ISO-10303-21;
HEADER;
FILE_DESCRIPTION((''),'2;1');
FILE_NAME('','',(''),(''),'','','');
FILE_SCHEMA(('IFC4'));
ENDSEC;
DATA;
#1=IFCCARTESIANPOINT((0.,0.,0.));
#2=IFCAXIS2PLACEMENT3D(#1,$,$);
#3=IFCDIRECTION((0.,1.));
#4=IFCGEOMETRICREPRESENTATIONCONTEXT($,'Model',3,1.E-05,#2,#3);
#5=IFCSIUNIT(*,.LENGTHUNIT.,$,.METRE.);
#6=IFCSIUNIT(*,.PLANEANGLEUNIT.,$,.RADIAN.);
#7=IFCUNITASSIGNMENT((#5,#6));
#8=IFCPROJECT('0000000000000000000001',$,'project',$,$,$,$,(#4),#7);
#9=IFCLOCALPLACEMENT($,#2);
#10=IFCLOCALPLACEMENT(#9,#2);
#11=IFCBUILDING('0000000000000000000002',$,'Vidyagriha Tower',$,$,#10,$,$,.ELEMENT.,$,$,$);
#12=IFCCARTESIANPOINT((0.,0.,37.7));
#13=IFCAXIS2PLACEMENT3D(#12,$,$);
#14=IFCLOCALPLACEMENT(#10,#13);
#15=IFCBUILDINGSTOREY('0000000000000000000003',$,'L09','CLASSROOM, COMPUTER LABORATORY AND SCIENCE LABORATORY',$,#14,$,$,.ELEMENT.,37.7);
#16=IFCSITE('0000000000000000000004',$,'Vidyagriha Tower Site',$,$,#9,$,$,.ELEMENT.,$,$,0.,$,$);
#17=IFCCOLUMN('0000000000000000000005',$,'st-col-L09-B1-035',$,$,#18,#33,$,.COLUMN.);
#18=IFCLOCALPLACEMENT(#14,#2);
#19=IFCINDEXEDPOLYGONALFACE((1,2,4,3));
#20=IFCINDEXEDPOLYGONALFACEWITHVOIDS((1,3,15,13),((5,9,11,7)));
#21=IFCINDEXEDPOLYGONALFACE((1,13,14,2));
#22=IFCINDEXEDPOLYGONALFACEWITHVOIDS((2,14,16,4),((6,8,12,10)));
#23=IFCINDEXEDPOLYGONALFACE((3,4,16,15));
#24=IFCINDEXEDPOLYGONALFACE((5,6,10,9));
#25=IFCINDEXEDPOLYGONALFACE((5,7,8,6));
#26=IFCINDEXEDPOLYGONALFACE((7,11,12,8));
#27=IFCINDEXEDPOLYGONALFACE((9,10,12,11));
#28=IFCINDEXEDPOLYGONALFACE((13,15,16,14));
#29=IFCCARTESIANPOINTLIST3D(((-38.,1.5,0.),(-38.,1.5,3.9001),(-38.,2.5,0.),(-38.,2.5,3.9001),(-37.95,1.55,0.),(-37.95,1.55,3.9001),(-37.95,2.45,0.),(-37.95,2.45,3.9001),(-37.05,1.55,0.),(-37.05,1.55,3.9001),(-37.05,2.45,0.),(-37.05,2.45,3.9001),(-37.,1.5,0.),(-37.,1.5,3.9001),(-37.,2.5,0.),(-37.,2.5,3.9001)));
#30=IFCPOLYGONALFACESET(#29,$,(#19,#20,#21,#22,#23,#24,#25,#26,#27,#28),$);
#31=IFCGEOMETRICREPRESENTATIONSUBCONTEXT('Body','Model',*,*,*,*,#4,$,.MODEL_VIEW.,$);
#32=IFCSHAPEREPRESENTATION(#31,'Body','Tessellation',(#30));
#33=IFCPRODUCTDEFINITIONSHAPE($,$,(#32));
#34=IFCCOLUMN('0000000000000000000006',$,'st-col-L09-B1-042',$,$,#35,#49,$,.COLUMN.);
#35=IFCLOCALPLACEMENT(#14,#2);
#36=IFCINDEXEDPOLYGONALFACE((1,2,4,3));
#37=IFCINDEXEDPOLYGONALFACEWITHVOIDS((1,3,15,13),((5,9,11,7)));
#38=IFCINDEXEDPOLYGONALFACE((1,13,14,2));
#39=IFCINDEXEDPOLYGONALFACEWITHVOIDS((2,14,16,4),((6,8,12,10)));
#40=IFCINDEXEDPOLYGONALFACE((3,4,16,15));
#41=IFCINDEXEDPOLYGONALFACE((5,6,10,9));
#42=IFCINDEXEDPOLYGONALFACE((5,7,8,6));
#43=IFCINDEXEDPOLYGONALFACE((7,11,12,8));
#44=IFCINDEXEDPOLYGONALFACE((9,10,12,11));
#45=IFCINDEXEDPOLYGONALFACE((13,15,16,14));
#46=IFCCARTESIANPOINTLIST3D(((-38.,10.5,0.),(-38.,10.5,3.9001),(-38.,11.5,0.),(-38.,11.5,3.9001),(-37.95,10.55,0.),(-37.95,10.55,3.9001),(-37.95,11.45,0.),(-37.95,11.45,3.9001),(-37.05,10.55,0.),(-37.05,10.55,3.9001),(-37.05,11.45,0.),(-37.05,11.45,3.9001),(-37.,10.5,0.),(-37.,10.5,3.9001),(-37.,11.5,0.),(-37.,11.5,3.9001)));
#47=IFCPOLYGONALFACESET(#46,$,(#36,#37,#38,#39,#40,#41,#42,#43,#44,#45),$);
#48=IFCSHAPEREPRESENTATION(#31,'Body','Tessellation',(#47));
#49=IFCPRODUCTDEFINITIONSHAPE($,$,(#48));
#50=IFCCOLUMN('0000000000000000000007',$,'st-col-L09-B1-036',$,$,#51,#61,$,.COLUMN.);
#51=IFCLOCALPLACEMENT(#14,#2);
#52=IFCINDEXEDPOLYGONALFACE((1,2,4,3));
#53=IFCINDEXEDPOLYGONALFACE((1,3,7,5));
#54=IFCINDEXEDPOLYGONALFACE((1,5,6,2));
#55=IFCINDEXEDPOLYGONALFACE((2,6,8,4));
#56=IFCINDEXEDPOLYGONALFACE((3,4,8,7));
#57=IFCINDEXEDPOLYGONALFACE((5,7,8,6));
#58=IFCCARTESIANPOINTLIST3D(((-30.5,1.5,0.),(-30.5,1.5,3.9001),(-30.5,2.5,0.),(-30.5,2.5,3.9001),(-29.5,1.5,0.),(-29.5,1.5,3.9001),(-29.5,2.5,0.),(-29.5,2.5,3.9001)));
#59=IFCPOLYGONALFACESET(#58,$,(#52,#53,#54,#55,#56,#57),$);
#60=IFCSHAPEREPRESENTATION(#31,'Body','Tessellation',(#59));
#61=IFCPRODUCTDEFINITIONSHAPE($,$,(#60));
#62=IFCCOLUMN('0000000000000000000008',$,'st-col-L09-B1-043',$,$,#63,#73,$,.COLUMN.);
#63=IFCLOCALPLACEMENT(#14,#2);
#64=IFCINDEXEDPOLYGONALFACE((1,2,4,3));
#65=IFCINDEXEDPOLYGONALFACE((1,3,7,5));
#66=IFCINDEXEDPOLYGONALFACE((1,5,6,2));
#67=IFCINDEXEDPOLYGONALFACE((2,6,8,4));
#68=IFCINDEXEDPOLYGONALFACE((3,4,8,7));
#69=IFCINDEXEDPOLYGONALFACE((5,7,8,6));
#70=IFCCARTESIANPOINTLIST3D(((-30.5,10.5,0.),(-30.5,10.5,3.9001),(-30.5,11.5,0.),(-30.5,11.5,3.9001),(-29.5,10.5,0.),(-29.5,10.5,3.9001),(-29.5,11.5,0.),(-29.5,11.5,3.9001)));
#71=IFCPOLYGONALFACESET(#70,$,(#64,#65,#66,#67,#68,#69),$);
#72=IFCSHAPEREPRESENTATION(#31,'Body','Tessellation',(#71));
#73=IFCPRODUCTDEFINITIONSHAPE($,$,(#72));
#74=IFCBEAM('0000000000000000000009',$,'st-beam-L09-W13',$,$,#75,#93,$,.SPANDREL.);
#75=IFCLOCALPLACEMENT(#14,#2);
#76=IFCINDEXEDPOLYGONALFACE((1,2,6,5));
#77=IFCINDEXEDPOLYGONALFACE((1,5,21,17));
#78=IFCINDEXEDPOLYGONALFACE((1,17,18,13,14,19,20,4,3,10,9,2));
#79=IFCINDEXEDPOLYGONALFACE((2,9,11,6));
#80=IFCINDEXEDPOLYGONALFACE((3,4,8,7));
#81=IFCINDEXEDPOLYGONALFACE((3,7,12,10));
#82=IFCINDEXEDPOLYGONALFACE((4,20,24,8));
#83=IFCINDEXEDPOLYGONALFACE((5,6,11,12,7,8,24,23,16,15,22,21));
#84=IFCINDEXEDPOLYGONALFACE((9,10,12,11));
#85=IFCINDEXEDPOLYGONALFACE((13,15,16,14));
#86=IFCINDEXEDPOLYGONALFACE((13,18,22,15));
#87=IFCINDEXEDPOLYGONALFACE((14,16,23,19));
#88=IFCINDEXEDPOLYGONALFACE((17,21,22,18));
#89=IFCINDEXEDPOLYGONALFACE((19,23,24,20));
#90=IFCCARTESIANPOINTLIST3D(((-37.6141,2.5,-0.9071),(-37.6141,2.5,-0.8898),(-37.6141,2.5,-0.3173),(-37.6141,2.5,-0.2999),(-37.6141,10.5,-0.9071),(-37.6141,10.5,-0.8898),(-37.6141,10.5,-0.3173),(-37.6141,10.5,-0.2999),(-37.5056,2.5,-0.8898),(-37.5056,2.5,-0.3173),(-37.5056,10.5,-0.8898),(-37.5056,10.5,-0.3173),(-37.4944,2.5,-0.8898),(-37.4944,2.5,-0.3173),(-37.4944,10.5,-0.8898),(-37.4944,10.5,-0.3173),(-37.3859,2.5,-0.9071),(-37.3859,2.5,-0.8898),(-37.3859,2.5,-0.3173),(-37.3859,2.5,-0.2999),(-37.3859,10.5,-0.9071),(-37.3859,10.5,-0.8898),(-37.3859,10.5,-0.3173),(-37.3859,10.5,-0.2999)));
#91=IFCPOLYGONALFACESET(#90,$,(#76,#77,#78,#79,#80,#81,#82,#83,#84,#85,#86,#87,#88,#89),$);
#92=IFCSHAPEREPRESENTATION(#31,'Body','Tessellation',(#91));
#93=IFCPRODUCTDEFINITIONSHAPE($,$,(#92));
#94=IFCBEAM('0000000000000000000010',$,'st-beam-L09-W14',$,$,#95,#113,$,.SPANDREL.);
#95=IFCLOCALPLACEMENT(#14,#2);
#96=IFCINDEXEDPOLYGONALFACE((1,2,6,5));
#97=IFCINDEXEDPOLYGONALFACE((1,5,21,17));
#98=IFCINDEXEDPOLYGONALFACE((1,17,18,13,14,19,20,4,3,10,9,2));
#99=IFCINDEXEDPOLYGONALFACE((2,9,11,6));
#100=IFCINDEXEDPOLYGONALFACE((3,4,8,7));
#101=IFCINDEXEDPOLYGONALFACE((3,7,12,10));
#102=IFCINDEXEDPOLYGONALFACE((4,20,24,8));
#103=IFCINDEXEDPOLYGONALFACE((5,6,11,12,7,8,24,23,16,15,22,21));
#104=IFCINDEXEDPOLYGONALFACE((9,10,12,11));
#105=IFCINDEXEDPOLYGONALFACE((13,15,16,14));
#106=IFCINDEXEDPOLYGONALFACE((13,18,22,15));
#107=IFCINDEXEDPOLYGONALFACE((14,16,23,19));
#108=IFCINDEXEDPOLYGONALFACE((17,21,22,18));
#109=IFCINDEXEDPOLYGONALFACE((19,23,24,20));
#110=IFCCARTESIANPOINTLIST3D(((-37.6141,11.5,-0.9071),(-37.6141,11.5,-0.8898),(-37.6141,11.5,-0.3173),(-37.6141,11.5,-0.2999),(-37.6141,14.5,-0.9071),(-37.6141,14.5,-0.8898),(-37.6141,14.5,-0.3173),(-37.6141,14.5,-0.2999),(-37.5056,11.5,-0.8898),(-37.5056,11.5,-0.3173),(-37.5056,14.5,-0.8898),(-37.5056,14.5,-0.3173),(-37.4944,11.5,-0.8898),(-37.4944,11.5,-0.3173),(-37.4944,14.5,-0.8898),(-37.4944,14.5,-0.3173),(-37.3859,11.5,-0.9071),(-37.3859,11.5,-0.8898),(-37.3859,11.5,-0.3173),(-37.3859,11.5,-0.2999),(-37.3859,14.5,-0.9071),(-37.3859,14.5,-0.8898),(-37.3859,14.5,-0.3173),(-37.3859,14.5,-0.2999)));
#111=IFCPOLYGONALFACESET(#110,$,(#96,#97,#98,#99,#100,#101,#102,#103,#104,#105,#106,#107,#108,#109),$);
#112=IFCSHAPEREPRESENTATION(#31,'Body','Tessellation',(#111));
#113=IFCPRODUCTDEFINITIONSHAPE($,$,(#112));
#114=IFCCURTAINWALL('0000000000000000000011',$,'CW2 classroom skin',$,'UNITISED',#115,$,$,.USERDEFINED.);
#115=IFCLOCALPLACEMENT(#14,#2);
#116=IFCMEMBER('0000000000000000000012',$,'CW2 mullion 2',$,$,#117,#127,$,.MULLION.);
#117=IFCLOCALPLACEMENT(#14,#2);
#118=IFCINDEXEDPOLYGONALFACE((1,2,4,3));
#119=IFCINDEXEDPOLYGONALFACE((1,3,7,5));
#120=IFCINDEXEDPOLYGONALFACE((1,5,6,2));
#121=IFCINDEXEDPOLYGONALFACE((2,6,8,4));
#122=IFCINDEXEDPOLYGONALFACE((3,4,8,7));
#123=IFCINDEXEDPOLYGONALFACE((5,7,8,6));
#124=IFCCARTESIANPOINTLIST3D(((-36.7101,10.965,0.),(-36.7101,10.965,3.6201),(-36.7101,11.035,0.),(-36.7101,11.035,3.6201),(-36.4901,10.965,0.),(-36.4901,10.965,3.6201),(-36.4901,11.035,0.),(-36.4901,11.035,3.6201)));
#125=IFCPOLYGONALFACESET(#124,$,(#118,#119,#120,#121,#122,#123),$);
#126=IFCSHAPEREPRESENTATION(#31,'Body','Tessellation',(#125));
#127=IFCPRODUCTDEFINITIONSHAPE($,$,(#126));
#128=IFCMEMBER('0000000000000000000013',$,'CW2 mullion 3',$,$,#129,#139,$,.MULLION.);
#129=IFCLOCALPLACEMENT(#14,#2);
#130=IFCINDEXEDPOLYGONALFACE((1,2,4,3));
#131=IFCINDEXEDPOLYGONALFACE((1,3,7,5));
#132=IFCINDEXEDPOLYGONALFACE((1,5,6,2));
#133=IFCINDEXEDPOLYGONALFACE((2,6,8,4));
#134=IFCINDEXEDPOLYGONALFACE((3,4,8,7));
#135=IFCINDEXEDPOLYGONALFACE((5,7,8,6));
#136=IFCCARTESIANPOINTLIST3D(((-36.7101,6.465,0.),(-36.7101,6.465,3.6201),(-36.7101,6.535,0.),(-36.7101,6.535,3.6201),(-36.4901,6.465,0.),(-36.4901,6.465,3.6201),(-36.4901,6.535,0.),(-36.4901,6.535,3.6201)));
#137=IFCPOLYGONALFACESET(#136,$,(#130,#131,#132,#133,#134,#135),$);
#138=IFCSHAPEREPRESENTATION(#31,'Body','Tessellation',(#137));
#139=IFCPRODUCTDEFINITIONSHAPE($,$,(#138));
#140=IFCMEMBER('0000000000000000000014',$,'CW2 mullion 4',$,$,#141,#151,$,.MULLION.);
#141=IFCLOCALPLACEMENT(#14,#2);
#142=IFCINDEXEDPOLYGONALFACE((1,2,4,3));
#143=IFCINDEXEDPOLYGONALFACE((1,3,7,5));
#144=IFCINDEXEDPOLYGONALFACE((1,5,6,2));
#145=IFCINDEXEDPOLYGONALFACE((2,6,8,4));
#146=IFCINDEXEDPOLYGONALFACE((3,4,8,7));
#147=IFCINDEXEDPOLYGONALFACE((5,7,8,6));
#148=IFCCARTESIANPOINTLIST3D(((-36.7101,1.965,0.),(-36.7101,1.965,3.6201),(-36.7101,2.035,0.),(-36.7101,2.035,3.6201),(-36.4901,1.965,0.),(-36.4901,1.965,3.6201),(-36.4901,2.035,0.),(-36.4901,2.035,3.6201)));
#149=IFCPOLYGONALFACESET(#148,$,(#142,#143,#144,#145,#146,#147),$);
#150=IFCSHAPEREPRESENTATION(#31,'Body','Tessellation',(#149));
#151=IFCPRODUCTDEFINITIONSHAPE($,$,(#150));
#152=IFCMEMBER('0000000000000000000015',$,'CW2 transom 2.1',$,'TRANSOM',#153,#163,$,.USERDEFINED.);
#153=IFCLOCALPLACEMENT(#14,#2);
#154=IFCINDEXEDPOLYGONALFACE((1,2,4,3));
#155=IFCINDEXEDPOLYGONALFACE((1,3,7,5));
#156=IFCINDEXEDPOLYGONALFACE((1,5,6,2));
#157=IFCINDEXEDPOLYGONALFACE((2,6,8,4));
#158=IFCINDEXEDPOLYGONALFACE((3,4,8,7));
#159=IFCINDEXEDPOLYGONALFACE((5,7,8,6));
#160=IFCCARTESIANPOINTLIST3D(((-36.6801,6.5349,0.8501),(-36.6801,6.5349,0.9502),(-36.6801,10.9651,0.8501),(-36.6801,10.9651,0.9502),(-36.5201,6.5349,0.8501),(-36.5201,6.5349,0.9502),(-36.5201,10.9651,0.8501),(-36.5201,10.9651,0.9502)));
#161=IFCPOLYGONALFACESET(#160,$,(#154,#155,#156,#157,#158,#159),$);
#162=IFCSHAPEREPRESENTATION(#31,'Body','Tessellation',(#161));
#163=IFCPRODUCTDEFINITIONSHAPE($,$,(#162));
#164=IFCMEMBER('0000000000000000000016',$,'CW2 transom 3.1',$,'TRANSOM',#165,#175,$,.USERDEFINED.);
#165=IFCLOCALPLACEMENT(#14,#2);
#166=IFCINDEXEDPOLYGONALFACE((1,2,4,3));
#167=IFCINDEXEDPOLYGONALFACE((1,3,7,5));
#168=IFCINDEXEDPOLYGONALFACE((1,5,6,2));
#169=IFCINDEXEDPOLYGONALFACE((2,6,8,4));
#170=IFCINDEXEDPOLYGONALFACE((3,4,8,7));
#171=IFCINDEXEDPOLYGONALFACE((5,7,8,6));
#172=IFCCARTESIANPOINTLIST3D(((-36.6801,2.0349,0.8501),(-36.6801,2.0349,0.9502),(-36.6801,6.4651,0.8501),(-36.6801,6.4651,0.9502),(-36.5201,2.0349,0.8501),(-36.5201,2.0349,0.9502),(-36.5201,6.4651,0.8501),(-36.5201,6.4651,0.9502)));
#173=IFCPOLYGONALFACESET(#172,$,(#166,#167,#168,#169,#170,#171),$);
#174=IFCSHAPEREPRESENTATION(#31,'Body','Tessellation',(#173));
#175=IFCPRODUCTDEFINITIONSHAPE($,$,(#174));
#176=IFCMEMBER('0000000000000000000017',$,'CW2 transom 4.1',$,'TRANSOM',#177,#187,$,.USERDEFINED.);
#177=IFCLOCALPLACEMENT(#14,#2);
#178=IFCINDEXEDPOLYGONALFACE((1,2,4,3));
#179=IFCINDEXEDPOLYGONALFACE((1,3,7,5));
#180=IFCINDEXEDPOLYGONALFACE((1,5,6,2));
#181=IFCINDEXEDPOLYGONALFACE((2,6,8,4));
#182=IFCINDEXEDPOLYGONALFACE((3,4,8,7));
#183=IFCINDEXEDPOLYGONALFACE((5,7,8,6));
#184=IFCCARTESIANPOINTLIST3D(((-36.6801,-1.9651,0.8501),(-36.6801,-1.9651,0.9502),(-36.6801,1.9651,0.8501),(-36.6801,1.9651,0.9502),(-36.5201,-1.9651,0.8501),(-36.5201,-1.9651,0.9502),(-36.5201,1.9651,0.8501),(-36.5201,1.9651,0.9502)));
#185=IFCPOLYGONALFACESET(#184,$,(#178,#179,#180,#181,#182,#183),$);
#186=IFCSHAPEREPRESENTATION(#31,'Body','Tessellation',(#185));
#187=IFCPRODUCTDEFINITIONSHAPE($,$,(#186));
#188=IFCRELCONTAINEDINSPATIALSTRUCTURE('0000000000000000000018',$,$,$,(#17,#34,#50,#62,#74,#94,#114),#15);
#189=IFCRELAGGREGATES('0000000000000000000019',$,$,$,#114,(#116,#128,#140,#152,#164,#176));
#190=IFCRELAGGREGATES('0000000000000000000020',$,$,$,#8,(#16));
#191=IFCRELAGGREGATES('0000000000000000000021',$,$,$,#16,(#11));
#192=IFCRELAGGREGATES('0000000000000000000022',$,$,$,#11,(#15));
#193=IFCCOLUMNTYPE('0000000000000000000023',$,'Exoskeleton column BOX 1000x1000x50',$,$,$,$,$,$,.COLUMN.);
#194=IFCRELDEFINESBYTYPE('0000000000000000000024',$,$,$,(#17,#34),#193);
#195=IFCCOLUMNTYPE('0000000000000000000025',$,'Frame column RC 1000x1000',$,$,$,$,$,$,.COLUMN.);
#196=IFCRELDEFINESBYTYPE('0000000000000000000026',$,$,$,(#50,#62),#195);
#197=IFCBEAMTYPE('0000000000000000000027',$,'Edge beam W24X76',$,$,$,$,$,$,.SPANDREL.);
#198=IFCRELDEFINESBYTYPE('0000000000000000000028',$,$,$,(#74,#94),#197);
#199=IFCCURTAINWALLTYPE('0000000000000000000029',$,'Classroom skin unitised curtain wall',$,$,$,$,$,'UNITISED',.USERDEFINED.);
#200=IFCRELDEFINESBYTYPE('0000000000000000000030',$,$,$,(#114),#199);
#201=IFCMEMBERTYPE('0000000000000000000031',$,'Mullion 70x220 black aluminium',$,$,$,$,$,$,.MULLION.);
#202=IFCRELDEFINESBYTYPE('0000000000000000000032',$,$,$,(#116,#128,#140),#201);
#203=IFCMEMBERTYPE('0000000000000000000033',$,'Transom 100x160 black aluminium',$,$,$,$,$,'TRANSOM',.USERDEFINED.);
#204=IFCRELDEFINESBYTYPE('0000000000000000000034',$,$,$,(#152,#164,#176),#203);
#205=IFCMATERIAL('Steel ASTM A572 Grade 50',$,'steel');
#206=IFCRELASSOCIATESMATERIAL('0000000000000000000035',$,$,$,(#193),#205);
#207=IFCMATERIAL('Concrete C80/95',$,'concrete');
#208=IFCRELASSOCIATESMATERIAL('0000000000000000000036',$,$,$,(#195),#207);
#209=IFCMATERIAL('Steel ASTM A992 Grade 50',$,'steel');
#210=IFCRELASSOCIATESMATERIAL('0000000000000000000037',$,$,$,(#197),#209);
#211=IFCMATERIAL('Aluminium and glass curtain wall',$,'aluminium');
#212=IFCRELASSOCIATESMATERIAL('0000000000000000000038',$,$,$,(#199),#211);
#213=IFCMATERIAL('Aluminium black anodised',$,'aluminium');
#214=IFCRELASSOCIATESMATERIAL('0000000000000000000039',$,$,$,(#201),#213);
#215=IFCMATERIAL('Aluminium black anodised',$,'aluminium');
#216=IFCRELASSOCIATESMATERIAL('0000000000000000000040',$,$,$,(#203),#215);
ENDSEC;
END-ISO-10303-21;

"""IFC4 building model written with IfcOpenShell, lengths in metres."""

from ifc_helpers import new_model, si_unit, direction, frame, origin, origin_2d, place, context, subcontext, project, spatial, rectangle, hollow_rectangle, i_section, extrude, material, material_profile, profile_set, type_object, element, aggregate, save


model = new_model("IFC4")

# Units and contexts
model_context = context("Model", 3, precision=1e-05, world=origin(), true_north=direction((0.0, 1.0)))
body_context = subcontext(model_context, "Body", "Model", "MODEL_VIEW")
ifc_project = project(units=[si_unit("LENGTHUNIT", "METRE"), si_unit("PLANEANGLEUNIT", "RADIAN")], contexts=[model_context])

# Site, building, storey
site_placement = place(None, origin())
site = spatial("IfcSite", under=ifc_project, at=site_placement, Name="Vidyagriha Tower Site", CompositionType="ELEMENT", RefElevation=0.0)
building_placement = place(site_placement, origin())
building = spatial("IfcBuilding", under=site, at=building_placement, Name="Vidyagriha Tower", CompositionType="ELEMENT")
storey_placement = place(building_placement, frame((0.0, 0.0, 37.7)))
storey = spatial("IfcBuildingStorey", under=building, at=storey_placement, Name="L09", Description="CLASSROOM, COMPUTER LABORATORY AND SCIENCE LABORATORY", CompositionType="ELEMENT", Elevation=37.7)

# Columns
ifc_material_1 = material(Name="Steel ASTM A572 Grade 50", Category="steel")
ifc_material_profile_1 = material_profile(ifc_material_1, hollow_rectangle(XDim=1.0, YDim=1.0, WallThickness=0.05, at=origin_2d()), Name="BOX 1000x1000x50")
ifc_profile_set_1 = profile_set([ifc_material_profile_1], Name="Steel ASTM A572 Grade 50")
column_type_1 = type_object("IfcColumnType", Name="Exoskeleton column BOX 1000x1000x50", PredefinedType="COLUMN", material=ifc_profile_set_1)
for number, where, name in (
    (1, (-37.5, 2.0, 0.0), "st-col-L09-B1-035"),
    (2, (-37.5, 11.0, 0.0), "st-col-L09-B1-042"),
):
    element("IfcColumn", number, at=place(storey_placement, frame(where)), inside=storey, type_object=column_type_1, Name=name, PredefinedType="COLUMN", context=body_context, shape_type="SweptSolid", body=[
        extrude(hollow_rectangle(XDim=1.0, YDim=1.0, WallThickness=0.05, at=origin_2d()), origin(), (0.0, 0.0, 1.0), 3.9001),
    ])
ifc_material_2 = material(Name="Concrete C80/95", Category="concrete")
ifc_material_profile_2 = material_profile(ifc_material_2, rectangle(XDim=1.0, YDim=1.0, at=origin_2d()), Name="RC 1000x1000")
ifc_profile_set_2 = profile_set([ifc_material_profile_2], Name="Concrete C80/95")
column_type_2 = type_object("IfcColumnType", Name="Frame column RC 1000x1000", PredefinedType="COLUMN", material=ifc_profile_set_2)
for number, where, name in (
    (3, (-30.0, 2.0, 0.0), "st-col-L09-B1-036"),
    (4, (-30.0, 11.0, 0.0), "st-col-L09-B1-043"),
):
    element("IfcColumn", number, at=place(storey_placement, frame(where)), inside=storey, type_object=column_type_2, Name=name, PredefinedType="COLUMN", context=body_context, shape_type="SweptSolid", body=[
        extrude(rectangle(XDim=1.0, YDim=1.0, at=origin_2d()), origin(), (0.0, 0.0, 1.0), 3.9001),
    ])

# Beams
ifc_material_3 = material(Name="Steel ASTM A992 Grade 50", Category="steel")
ifc_material_profile_3 = material_profile(ifc_material_3, i_section(OverallWidth=0.2283, OverallDepth=0.6072, WebThickness=0.0112, FlangeThickness=0.0173, at=origin_2d()), Name="W24X76")
ifc_profile_set_3 = profile_set([ifc_material_profile_3], Name="Steel ASTM A992 Grade 50")
beam_type = type_object("IfcBeamType", Name="Edge beam W24X76", PredefinedType="SPANDREL", material=ifc_profile_set_3)
beam_1_placement = place(storey_placement, frame((-37.5, 2.5, -0.6035), z_axis=(0.0, 1.0, 0.0), x_axis=(-1.0, 0.0, 0.0)))
element("IfcBeam", 5, at=beam_1_placement, inside=storey, type_object=beam_type, Name="st-beam-L09-W13", PredefinedType="SPANDREL", context=body_context, shape_type="SweptSolid", body=[
    extrude(i_section(OverallWidth=0.2283, OverallDepth=0.6072, WebThickness=0.0112, FlangeThickness=0.0173, at=origin_2d()), origin(), (0.0, 0.0, 1.0), 8.0),
])
beam_2_placement = place(storey_placement, frame((-37.5, 11.5, -0.6035), z_axis=(0.0, 1.0, 0.0), x_axis=(-1.0, 0.0, 0.0)))
element("IfcBeam", 6, at=beam_2_placement, inside=storey, type_object=beam_type, Name="st-beam-L09-W14", PredefinedType="SPANDREL", context=body_context, shape_type="SweptSolid", body=[
    extrude(i_section(OverallWidth=0.2283, OverallDepth=0.6072, WebThickness=0.0112, FlangeThickness=0.0173, at=origin_2d()), origin(), (0.0, 0.0, 1.0), 3.0),
])

# Curtain wall, members
ifc_material_4 = material(Name="Aluminium and glass curtain wall", Category="aluminium")
curtain_wall_type = type_object("IfcCurtainWallType", Name="Classroom skin unitised curtain wall", ElementType="UNITISED", PredefinedType="USERDEFINED", material=ifc_material_4)
curtain_wall_placement = place(storey_placement, origin())
curtain_wall = element("IfcCurtainWall", 7, at=curtain_wall_placement, inside=storey, type_object=curtain_wall_type, Name="CW2 classroom skin", ObjectType="UNITISED", PredefinedType="USERDEFINED")
ifc_material_5 = material(Name="Aluminium black anodised", Category="aluminium")
ifc_material_profile_4 = material_profile(ifc_material_5, rectangle(XDim=0.22, YDim=0.0701, at=origin_2d()), Name="Mullion 70x220 black aluminium")
ifc_profile_set_4 = profile_set([ifc_material_profile_4], Name="Aluminium black anodised")
member_type_1 = type_object("IfcMemberType", Name="Mullion 70x220 black aluminium", PredefinedType="MULLION", material=ifc_profile_set_4)
member_1_placement = place(storey_placement, frame((-36.6001, 11.0, 0.0)))
member_1 = element("IfcMember", 8, at=member_1_placement, type_object=member_type_1, Name="CW2 mullion 2", PredefinedType="MULLION", context=body_context, shape_type="SweptSolid", body=[
    extrude(rectangle(XDim=0.22, YDim=0.0701, at=origin_2d()), origin(), (0.0, 0.0, 1.0), 3.6201),
])
member_2_placement = place(storey_placement, frame((-36.6001, 6.5, 0.0)))
member_2 = element("IfcMember", 9, at=member_2_placement, type_object=member_type_1, Name="CW2 mullion 3", PredefinedType="MULLION", context=body_context, shape_type="SweptSolid", body=[
    extrude(rectangle(XDim=0.22, YDim=0.0701, at=origin_2d()), origin(), (0.0, 0.0, 1.0), 3.6201),
])
member_3_placement = place(storey_placement, frame((-36.6001, 2.0, 0.0)))
member_3 = element("IfcMember", 10, at=member_3_placement, type_object=member_type_1, Name="CW2 mullion 4", PredefinedType="MULLION", context=body_context, shape_type="SweptSolid", body=[
    extrude(rectangle(XDim=0.22, YDim=0.0701, at=origin_2d()), origin(), (0.0, 0.0, 1.0), 3.6201),
])
ifc_material_6 = material(Name="Aluminium black anodised", Category="aluminium")
ifc_material_profile_5 = material_profile(ifc_material_6, rectangle(XDim=0.1599, YDim=0.1001, at=origin_2d()), Name="Transom 100x160 black aluminium")
ifc_profile_set_5 = profile_set([ifc_material_profile_5], Name="Aluminium black anodised")
member_type_2 = type_object("IfcMemberType", Name="Transom 100x160 black aluminium", ElementType="TRANSOM", PredefinedType="USERDEFINED", material=ifc_profile_set_5)
member_4_placement = place(storey_placement, frame((-36.6001, 10.9651, 0.9001), z_axis=(0.0, -1.0, 0.0), x_axis=(1.0, 0.0, 0.0)))
member_4 = element("IfcMember", 11, at=member_4_placement, type_object=member_type_2, Name="CW2 transom 2.1", ObjectType="TRANSOM", PredefinedType="USERDEFINED", context=body_context, shape_type="SweptSolid", body=[
    extrude(rectangle(XDim=0.1599, YDim=0.1001, at=origin_2d()), origin(), (0.0, 0.0, 1.0), 4.4302),
])
member_5_placement = place(storey_placement, frame((-36.6001, 6.4651, 0.9001), z_axis=(0.0, -1.0, 0.0), x_axis=(1.0, 0.0, 0.0)))
member_5 = element("IfcMember", 12, at=member_5_placement, type_object=member_type_2, Name="CW2 transom 3.1", ObjectType="TRANSOM", PredefinedType="USERDEFINED", context=body_context, shape_type="SweptSolid", body=[
    extrude(rectangle(XDim=0.1599, YDim=0.1001, at=origin_2d()), origin(), (0.0, 0.0, 1.0), 4.4302),
])
member_6_placement = place(storey_placement, frame((-36.6001, 1.9651, 0.9001), z_axis=(0.0, -1.0, 0.0), x_axis=(1.0, 0.0, 0.0)))
member_6 = element("IfcMember", 13, at=member_6_placement, type_object=member_type_2, Name="CW2 transom 4.1", ObjectType="TRANSOM", PredefinedType="USERDEFINED", context=body_context, shape_type="SweptSolid", body=[
    extrude(rectangle(XDim=0.1599, YDim=0.1001, at=origin_2d()), origin(), (0.0, 0.0, 1.0), 3.9302),
])
aggregate(curtain_wall, [member_1, member_2, member_3, member_4, member_5, member_6])

save(model, "model.ifc")
